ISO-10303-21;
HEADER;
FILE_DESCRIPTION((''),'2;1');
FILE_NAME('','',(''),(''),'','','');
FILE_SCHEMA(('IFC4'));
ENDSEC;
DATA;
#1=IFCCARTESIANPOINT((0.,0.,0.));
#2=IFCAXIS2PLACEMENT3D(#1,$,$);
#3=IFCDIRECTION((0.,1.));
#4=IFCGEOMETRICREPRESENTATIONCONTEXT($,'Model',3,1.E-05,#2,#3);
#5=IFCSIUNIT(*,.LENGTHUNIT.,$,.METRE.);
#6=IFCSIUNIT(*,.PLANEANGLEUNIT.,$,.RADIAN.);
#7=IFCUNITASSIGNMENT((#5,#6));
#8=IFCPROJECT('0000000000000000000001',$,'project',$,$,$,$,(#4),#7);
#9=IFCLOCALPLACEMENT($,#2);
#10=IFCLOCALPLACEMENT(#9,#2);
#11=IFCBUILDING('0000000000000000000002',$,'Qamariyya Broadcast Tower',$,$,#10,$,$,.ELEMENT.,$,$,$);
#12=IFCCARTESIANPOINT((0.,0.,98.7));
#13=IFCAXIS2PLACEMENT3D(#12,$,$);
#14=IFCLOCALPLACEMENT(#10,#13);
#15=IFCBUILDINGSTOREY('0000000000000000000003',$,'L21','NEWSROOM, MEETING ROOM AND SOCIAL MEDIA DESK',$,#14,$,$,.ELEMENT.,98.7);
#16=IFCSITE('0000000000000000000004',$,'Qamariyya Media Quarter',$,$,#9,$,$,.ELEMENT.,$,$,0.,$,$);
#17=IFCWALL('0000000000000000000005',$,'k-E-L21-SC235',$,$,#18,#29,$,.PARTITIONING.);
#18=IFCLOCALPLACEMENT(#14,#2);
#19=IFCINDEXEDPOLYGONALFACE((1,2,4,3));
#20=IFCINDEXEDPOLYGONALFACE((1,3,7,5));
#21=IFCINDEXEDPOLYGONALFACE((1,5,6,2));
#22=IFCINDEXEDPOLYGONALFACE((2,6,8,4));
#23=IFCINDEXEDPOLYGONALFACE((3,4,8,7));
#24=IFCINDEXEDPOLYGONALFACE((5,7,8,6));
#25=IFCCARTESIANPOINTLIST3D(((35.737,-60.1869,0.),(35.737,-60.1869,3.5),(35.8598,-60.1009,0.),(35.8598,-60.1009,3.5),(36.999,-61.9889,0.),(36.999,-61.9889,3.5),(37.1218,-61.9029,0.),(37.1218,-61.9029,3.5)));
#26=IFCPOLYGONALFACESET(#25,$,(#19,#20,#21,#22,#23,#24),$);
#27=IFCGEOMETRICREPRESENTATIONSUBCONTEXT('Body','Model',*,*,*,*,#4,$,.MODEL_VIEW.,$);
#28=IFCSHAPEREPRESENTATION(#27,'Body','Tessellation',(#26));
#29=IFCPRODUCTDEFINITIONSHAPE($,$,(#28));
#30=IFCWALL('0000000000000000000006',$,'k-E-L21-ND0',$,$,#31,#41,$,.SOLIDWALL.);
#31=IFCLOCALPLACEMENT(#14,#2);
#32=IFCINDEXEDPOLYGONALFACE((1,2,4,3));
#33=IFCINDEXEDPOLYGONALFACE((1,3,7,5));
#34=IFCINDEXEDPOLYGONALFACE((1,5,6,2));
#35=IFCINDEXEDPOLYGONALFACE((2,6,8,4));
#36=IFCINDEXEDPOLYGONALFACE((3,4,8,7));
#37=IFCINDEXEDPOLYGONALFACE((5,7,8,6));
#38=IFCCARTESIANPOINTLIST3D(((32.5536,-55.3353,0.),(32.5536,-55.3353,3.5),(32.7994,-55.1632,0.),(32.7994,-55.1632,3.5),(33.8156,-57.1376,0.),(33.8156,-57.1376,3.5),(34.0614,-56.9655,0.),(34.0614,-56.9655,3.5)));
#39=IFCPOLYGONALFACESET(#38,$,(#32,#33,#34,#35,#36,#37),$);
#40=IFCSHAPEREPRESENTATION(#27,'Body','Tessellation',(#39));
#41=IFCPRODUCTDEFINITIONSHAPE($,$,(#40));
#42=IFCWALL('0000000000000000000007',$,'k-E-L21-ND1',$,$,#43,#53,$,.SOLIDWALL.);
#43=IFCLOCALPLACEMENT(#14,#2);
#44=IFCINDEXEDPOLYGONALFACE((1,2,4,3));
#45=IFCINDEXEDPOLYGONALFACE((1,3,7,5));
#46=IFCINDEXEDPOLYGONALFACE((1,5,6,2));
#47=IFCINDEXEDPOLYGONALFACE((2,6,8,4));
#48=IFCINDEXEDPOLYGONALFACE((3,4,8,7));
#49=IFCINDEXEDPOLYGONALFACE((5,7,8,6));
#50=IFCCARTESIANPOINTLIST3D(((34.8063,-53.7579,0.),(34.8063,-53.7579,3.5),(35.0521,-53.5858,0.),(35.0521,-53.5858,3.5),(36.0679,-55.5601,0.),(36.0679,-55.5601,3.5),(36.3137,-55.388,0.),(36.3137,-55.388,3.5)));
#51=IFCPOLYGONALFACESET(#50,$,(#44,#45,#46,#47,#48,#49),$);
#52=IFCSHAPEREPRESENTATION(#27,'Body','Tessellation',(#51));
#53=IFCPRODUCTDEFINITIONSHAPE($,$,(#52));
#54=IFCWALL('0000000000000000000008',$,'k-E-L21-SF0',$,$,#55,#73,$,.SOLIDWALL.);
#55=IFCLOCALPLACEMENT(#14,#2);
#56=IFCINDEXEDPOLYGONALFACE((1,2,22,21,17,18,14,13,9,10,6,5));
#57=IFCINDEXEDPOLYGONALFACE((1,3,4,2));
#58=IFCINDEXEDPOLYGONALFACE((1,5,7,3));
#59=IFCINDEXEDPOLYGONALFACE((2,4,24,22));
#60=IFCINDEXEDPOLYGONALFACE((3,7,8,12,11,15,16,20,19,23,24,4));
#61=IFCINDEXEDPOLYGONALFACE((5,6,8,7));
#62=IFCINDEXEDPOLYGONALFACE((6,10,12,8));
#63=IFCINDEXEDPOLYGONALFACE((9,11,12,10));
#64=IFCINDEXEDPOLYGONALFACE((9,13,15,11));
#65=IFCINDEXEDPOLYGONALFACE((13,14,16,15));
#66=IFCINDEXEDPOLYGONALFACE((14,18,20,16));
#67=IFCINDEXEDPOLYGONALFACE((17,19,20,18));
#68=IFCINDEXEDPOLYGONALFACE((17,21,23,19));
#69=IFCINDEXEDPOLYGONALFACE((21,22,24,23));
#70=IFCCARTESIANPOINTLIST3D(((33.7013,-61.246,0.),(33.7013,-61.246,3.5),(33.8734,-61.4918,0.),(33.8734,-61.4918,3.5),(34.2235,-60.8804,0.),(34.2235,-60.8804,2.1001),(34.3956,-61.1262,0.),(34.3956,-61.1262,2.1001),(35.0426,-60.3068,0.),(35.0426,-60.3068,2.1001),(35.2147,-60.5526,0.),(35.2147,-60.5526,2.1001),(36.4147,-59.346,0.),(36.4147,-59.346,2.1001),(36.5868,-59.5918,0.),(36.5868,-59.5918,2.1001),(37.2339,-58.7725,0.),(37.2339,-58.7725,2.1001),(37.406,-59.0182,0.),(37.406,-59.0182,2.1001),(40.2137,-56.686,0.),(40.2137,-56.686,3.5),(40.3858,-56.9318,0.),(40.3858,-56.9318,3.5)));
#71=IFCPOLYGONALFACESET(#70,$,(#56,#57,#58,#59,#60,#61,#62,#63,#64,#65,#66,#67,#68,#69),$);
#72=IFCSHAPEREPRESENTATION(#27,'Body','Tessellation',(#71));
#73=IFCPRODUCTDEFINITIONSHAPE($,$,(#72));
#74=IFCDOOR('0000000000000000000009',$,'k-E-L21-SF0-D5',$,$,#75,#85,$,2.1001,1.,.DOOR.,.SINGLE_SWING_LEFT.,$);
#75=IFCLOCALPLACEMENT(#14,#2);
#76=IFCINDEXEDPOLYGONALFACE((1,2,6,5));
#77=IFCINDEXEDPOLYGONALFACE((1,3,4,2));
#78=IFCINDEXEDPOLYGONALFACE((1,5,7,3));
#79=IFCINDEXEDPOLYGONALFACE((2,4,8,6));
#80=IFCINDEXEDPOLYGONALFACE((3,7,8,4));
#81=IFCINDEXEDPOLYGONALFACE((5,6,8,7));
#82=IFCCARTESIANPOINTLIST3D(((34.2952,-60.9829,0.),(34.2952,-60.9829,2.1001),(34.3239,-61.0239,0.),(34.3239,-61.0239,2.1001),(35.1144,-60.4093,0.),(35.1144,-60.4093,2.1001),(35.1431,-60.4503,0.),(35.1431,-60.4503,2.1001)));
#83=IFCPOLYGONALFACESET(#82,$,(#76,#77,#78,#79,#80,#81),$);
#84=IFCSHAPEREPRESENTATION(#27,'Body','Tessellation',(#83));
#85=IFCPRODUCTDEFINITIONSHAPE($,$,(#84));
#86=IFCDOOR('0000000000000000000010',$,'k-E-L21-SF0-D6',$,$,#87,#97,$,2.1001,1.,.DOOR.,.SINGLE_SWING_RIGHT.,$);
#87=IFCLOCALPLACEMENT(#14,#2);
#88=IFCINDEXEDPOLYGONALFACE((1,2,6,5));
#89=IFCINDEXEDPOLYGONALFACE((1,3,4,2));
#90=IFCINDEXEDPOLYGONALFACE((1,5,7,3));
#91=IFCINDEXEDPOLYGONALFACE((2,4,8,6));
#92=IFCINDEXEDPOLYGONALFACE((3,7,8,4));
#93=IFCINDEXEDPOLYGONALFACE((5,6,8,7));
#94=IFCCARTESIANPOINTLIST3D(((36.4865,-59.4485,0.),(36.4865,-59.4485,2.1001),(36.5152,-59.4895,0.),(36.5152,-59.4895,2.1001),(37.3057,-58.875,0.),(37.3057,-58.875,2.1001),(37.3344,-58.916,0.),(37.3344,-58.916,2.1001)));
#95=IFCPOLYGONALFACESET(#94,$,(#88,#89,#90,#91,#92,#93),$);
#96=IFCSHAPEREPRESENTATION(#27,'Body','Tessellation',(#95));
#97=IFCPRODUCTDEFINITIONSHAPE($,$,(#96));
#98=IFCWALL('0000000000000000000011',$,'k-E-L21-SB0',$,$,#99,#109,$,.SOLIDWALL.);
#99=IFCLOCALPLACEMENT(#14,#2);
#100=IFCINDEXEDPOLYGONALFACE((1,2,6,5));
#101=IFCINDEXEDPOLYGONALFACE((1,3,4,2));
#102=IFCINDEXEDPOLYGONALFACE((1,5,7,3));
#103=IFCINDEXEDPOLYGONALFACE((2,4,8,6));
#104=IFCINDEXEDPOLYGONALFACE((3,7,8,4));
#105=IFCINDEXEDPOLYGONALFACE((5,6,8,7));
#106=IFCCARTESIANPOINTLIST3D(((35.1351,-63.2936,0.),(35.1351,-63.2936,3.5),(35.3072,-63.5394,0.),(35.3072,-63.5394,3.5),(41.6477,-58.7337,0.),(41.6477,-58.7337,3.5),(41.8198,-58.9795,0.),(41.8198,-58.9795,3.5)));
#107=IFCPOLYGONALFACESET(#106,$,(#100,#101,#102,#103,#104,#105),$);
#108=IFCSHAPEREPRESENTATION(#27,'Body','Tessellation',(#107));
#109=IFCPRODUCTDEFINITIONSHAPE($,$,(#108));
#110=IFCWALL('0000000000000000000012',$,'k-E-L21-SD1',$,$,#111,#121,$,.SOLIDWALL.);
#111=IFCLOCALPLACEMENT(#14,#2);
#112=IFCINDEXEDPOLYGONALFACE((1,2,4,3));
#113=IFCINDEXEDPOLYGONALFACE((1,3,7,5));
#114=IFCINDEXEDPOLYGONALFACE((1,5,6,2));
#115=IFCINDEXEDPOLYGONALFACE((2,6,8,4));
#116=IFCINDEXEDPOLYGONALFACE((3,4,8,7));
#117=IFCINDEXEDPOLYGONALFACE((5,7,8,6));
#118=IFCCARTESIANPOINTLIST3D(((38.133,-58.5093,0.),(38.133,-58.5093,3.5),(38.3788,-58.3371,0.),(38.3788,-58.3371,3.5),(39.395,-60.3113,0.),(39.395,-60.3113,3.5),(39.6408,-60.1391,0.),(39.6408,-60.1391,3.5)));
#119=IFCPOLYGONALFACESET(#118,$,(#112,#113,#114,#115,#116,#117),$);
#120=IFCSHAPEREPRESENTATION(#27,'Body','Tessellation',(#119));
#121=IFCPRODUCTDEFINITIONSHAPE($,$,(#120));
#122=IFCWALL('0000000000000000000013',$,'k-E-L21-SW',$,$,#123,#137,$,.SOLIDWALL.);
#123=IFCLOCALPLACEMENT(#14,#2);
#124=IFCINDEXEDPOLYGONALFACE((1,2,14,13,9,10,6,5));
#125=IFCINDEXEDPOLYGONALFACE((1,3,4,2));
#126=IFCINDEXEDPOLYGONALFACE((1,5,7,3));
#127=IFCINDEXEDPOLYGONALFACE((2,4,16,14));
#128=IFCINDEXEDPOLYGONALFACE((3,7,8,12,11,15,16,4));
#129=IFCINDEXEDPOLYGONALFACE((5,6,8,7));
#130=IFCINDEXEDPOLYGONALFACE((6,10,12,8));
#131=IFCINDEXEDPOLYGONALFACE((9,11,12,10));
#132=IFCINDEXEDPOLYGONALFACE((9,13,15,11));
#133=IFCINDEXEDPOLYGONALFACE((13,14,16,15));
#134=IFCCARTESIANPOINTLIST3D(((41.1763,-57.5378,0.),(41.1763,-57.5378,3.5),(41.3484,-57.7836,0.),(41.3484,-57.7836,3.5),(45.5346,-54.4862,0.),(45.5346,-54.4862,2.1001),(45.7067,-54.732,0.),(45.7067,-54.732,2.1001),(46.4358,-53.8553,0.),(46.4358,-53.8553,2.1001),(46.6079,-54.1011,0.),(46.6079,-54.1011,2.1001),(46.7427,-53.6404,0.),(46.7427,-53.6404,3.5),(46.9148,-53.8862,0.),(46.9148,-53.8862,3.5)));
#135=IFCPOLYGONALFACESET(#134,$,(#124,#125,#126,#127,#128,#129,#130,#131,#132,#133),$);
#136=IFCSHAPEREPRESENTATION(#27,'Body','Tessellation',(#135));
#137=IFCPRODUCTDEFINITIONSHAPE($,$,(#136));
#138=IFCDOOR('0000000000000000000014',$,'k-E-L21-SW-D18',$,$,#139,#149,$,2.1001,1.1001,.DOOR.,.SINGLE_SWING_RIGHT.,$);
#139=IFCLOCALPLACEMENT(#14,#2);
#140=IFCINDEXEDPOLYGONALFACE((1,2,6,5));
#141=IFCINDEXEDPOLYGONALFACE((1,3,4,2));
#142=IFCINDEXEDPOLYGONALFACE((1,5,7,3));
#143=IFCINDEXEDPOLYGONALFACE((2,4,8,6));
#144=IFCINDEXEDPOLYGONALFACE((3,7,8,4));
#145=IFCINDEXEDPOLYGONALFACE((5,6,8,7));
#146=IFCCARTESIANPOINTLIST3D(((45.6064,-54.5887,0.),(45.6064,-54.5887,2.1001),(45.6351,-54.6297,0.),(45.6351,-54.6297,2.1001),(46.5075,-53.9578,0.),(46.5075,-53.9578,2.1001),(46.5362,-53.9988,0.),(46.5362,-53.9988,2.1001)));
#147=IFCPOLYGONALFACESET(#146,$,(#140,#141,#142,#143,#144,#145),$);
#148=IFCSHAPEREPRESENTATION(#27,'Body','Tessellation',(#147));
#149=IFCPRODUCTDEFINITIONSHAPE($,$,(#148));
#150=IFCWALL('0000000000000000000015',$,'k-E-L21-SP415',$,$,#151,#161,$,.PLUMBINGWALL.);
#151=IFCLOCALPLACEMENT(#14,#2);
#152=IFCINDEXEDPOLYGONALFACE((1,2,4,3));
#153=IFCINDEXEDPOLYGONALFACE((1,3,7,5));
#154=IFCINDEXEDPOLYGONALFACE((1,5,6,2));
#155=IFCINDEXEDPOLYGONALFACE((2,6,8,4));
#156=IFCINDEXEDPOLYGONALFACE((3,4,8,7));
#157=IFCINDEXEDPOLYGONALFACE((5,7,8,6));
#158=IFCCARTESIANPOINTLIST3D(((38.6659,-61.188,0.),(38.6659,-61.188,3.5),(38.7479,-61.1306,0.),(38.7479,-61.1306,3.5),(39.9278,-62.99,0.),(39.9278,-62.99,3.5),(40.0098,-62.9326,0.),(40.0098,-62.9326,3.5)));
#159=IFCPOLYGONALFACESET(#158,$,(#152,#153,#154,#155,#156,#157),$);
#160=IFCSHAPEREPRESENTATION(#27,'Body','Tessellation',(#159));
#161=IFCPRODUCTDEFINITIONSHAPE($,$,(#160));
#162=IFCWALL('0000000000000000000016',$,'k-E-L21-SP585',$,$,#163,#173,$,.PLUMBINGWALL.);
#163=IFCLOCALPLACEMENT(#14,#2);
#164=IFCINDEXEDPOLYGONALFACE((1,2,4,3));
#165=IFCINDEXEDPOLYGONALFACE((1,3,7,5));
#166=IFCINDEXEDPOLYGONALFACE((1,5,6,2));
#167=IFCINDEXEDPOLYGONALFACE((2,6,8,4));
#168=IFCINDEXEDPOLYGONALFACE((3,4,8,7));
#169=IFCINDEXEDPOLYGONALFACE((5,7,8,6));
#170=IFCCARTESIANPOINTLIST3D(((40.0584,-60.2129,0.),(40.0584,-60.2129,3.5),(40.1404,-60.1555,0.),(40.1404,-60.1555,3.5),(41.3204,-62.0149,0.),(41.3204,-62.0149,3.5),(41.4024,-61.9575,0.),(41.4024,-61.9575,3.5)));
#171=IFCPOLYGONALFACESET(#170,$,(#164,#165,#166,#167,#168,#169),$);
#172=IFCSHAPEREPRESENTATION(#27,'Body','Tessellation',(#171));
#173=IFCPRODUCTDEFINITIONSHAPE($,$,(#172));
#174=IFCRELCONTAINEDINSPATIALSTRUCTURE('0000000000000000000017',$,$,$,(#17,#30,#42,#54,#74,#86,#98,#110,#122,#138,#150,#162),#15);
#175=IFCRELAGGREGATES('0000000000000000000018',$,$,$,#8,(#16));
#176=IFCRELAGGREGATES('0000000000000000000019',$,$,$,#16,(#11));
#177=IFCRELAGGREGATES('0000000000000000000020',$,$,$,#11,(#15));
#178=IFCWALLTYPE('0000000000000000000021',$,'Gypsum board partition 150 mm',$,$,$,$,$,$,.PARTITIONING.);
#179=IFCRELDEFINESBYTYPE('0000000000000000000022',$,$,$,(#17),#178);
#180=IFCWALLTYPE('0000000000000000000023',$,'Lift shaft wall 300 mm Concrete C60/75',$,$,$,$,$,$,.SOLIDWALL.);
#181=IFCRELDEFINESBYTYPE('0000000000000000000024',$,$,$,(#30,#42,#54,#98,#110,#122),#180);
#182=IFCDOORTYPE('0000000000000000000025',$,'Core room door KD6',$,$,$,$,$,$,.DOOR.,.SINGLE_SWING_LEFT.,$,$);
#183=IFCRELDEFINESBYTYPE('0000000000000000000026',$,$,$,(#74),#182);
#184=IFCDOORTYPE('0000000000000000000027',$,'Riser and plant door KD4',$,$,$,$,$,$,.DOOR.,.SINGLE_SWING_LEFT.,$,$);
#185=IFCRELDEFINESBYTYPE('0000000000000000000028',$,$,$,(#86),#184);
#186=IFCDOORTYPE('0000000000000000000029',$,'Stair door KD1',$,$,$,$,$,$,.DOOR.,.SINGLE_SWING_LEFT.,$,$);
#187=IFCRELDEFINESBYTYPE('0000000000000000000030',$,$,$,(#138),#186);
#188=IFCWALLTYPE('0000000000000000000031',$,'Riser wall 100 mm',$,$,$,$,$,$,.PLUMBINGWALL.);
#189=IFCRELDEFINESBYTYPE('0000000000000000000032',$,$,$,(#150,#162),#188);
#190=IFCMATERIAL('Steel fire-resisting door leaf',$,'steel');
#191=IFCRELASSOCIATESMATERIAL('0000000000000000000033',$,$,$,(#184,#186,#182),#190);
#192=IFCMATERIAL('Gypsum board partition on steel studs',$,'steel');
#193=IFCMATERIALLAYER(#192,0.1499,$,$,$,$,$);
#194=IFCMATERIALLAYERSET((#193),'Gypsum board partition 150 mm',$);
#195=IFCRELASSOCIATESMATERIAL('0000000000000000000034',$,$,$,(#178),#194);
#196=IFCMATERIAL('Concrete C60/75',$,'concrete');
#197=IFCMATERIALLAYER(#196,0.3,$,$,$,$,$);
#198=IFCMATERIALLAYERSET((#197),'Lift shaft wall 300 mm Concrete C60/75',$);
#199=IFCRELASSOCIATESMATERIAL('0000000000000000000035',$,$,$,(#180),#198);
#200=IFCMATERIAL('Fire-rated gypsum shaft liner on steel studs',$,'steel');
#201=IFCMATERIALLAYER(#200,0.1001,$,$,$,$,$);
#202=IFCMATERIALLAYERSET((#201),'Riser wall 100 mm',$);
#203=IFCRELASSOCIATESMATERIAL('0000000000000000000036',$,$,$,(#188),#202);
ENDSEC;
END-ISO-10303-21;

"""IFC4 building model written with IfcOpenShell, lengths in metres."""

from ifc_helpers import new_model, si_unit, direction, frame, frame_2d, origin, place, context, subcontext, project, spatial, rectangle, extrude, material, layer, layer_set, type_object, element, fill, save


model = new_model("IFC4")

# Units and contexts
model_context = context("Model", 3, precision=1e-05, world=origin(), true_north=direction((0.0, 1.0)))
body_context = subcontext(model_context, "Body", "Model", "MODEL_VIEW")
ifc_project = project(units=[si_unit("LENGTHUNIT", "METRE"), si_unit("PLANEANGLEUNIT", "RADIAN")], contexts=[model_context])

# Site, building, storey
site_placement = place(None, origin())
site = spatial("IfcSite", under=ifc_project, at=site_placement, Name="Qamariyya Media Quarter", CompositionType="ELEMENT", RefElevation=0.0)
building_placement = place(site_placement, origin())
building = spatial("IfcBuilding", under=site, at=building_placement, Name="Qamariyya Broadcast Tower", CompositionType="ELEMENT")
storey_placement = place(building_placement, frame((0.0, 0.0, 98.7)))
storey = spatial("IfcBuildingStorey", under=building, at=storey_placement, Name="L21", Description="NEWSROOM, MEETING ROOM AND SOCIAL MEDIA DESK", CompositionType="ELEMENT", Elevation=98.7)

# Shared definitions
ifc_material_1 = material(Name="Steel fire-resisting door leaf", Category="steel")

# Shared definitions
door_type_1 = type_object("IfcDoorType", Name="Riser and plant door KD4", OperationType="SINGLE_SWING_LEFT", PredefinedType="DOOR", material=ifc_material_1)
door_type_2 = type_object("IfcDoorType", Name="Stair door KD1", OperationType="SINGLE_SWING_LEFT", PredefinedType="DOOR", material=ifc_material_1)

# Walls
ifc_material_2 = material(Name="Concrete C60/75", Category="concrete")
ifc_material_3 = material(Name="Gypsum board partition on steel studs", Category="steel")
ifc_layer_1 = layer(ifc_material_3, 0.1499)
ifc_layer_set_1 = layer_set([ifc_layer_1], Name="Gypsum board partition 150 mm")
wall_type_1 = type_object("IfcWallType", Name="Gypsum board partition 150 mm", PredefinedType="PARTITIONING", material=ifc_layer_set_1)
wall_1_placement = place(storey_placement, frame((35.7983, -60.1438, 0.0), z_axis=(0.0, 0.0, 1.0), x_axis=(0.573634, -0.819112, 0.0)))
element("IfcWall", 1, at=wall_1_placement, inside=storey, type_object=wall_type_1, Name="k-E-L21-SC235", PredefinedType="PARTITIONING", context=body_context, shape_type="SweptSolid", body=[
    extrude(rectangle(XDim=2.2, YDim=0.1499, at=frame_2d((1.1001, 0.0))), origin(), (0.0, 0.0, 1.0), 3.5),
])
ifc_layer_2 = layer(ifc_material_2, 0.3)
ifc_layer_set_2 = layer_set([ifc_layer_2], Name="Lift shaft wall 300 mm Concrete C60/75")
wall_type_2 = type_object("IfcWallType", Name="Lift shaft wall 300 mm Concrete C60/75", PredefinedType="SOLIDWALL", material=ifc_layer_set_2)
wall_2_placement = place(storey_placement, frame((33.9385, -57.0515, 0.0), z_axis=(0.0, 0.0, 1.0), x_axis=(-0.573581, 0.819149, 0.0)))
element("IfcWall", 2, at=wall_2_placement, inside=storey, type_object=wall_type_2, Name="k-E-L21-ND0", PredefinedType="SOLIDWALL", context=body_context, shape_type="SweptSolid", body=[
    extrude(rectangle(XDim=2.2002, YDim=0.3, at=frame_2d((1.1001, 0.0))), origin(), (0.0, 0.0, 1.0), 3.5),
])
wall_3_placement = place(storey_placement, frame((36.1909, -55.4741, 0.0), z_axis=(0.0, 0.0, 1.0), x_axis=(-0.573507, 0.819201, 0.0)))
element("IfcWall", 3, at=wall_3_placement, inside=storey, type_object=wall_type_2, Name="k-E-L21-ND1", PredefinedType="SOLIDWALL", context=body_context, shape_type="SweptSolid", body=[
    extrude(rectangle(XDim=2.2, YDim=0.3, at=frame_2d((1.1001, 0.0))), origin(), (0.0, 0.0, 1.0), 3.5),
])

# Wall, openings, doors
wall_4_placement = place(storey_placement, frame((33.7874, -61.3689, 0.0), z_axis=(0.0, 0.0, 1.0), x_axis=(0.819153, 0.573576, 0.0)))
wall_4 = element("IfcWall", 4, at=wall_4_placement, inside=storey, type_object=wall_type_2, Name="k-E-L21-SF0", PredefinedType="SOLIDWALL", context=body_context, shape_type="SweptSolid", body=[
    extrude(rectangle(XDim=7.9502, YDim=0.3, at=frame_2d((3.9751, 0.0))), origin(), (0.0, 0.0, 1.0), 3.5),
])
opening_1_placement = place(wall_4_placement, frame((0.6375, 0.0, 0.0)))
opening_1 = element("IfcOpeningElement", 5, at=opening_1_placement, cuts=wall_4, PredefinedType="OPENING", context=body_context, shape_type="SweptSolid", body=[
    extrude(rectangle(XDim=1.0, YDim=2.1001, at=frame_2d((0.5, 1.05))), frame((0.0, 0.1599, 0.0), z_axis=(0.0, -1.0, 0.0), x_axis=(1.0, 0.0, 0.0)), (0.0, 0.0, 1.0), 0.3201),
])
opening_2_placement = place(wall_4_placement, frame((3.3125, 0.0, 0.0)))
opening_2 = element("IfcOpeningElement", 6, at=opening_2_placement, cuts=wall_4, PredefinedType="OPENING", context=body_context, shape_type="SweptSolid", body=[
    extrude(rectangle(XDim=1.0, YDim=2.1001, at=frame_2d((0.5, 1.05))), frame((0.0, 0.1599, 0.0), z_axis=(0.0, -1.0, 0.0), x_axis=(1.0, 0.0, 0.0)), (0.0, 0.0, 1.0), 0.3201),
])
door_type_3 = type_object("IfcDoorType", Name="Core room door KD6", OperationType="SINGLE_SWING_LEFT", PredefinedType="DOOR", material=ifc_material_1)
door_1_placement = place(opening_1_placement, origin())
door_1 = element("IfcDoor", 7, at=door_1_placement, inside=storey, type_object=door_type_3, Name="k-E-L21-SF0-D5", OperationType="SINGLE_SWING_LEFT", OverallHeight=2.1001, OverallWidth=1.0, PredefinedType="DOOR", context=body_context, shape_type="SweptSolid", body=[
    extrude(rectangle(XDim=1.0, YDim=2.1001, at=frame_2d((0.5, 1.05))), frame((0.0, 0.0249, 0.0), z_axis=(0.0, -1.0, 0.0), x_axis=(1.0, 0.0, 0.0)), (0.0, 0.0, 1.0), 0.05),
])
fill(opening_1, door_1)
door_2_placement = place(opening_2_placement, origin())
door_2 = element("IfcDoor", 8, at=door_2_placement, inside=storey, type_object=door_type_1, Name="k-E-L21-SF0-D6", OperationType="SINGLE_SWING_RIGHT", OverallHeight=2.1001, OverallWidth=1.0, PredefinedType="DOOR", context=body_context, shape_type="SweptSolid", body=[
    extrude(rectangle(XDim=1.0, YDim=2.1001, at=frame_2d((0.5, 1.05))), frame((0.0, 0.0249, 0.0), z_axis=(0.0, -1.0, 0.0), x_axis=(1.0, 0.0, 0.0)), (0.0, 0.0, 1.0), 0.05),
])
fill(opening_2, door_2)

# Walls
wall_5_placement = place(storey_placement, frame((35.2212, -63.4165, 0.0), z_axis=(0.0, 0.0, 1.0), x_axis=(0.819167, 0.573555, 0.0)))
element("IfcWall", 9, at=wall_5_placement, inside=storey, type_object=wall_type_2, Name="k-E-L21-SB0", PredefinedType="SOLIDWALL", context=body_context, shape_type="SweptSolid", body=[
    extrude(rectangle(XDim=7.9502, YDim=0.3, at=frame_2d((3.9751, 0.0))), origin(), (0.0, 0.0, 1.0), 3.5),
])
wall_6_placement = place(storey_placement, frame((38.2559, -58.4231, 0.0), z_axis=(0.0, 0.0, 1.0), x_axis=(0.573634, -0.819112, 0.0)))
element("IfcWall", 10, at=wall_6_placement, inside=storey, type_object=wall_type_2, Name="k-E-L21-SD1", PredefinedType="SOLIDWALL", context=body_context, shape_type="SweptSolid", body=[
    extrude(rectangle(XDim=2.2, YDim=0.3, at=frame_2d((1.1001, 0.0))), origin(), (0.0, 0.0, 1.0), 3.5),
])

# Wall, opening, door
wall_7_placement = place(storey_placement, frame((41.2625, -57.6606, 0.0), z_axis=(0.0, 0.0, 1.0), x_axis=(0.819164, 0.573559, 0.0)))
wall_7 = element("IfcWall", 11, at=wall_7_placement, inside=storey, type_object=wall_type_2, Name="k-E-L21-SW", PredefinedType="SOLIDWALL", context=body_context, shape_type="SweptSolid", body=[
    extrude(rectangle(XDim=6.7952, YDim=0.3, at=frame_2d((3.3975, 0.0))), origin(), (0.0, 0.0, 1.0), 3.5),
])
opening_3_placement = place(wall_7_placement, frame((5.3203, 0.0, 0.0)))
opening_3 = element("IfcOpeningElement", 12, at=opening_3_placement, cuts=wall_7, PredefinedType="OPENING", context=body_context, shape_type="SweptSolid", body=[
    extrude(rectangle(XDim=1.1001, YDim=2.1001, at=frame_2d((0.55, 1.05))), frame((0.0, 0.1599, 0.0), z_axis=(0.0, -1.0, 0.0), x_axis=(1.0, 0.0, 0.0)), (0.0, 0.0, 1.0), 0.3201),
])
door_3_placement = place(opening_3_placement, origin())
door_3 = element("IfcDoor", 13, at=door_3_placement, inside=storey, type_object=door_type_2, Name="k-E-L21-SW-D18", OperationType="SINGLE_SWING_RIGHT", OverallHeight=2.1001, OverallWidth=1.1001, PredefinedType="DOOR", context=body_context, shape_type="SweptSolid", body=[
    extrude(rectangle(XDim=1.1001, YDim=2.1001, at=frame_2d((0.55, 1.05))), frame((0.0, 0.0249, 0.0), z_axis=(0.0, -1.0, 0.0), x_axis=(1.0, 0.0, 0.0)), (0.0, 0.0, 1.0), 0.05),
])
fill(opening_3, door_3)

# Walls
ifc_material_4 = material(Name="Fire-rated gypsum shaft liner on steel studs", Category="steel")
ifc_layer_3 = layer(ifc_material_4, 0.1001)
ifc_layer_set_3 = layer_set([ifc_layer_3], Name="Riser wall 100 mm")
wall_type_3 = type_object("IfcWallType", Name="Riser wall 100 mm", PredefinedType="PLUMBINGWALL", material=ifc_layer_set_3)
for number, where, z_axis, x_axis, name in (
    (14, (38.7068, -61.1592, 0.0), (0.0, 0.0, 1.0), (0.573634, -0.819112, 0.0), "k-E-L21-SP415"),
    (15, (40.0994, -60.1841, 0.0), (0.0, 0.0, 1.0), (0.573634, -0.819112, 0.0), "k-E-L21-SP585"),
):
    element("IfcWall", number, at=place(storey_placement, frame(where, z_axis=z_axis, x_axis=x_axis)), inside=storey, type_object=wall_type_3, Name=name, PredefinedType="PLUMBINGWALL", context=body_context, shape_type="SweptSolid", body=[
        extrude(rectangle(XDim=2.2, YDim=0.1001, at=frame_2d((1.1001, 0.0))), origin(), (0.0, 0.0, 1.0), 3.5),
    ])

save(model, "model.ifc")
